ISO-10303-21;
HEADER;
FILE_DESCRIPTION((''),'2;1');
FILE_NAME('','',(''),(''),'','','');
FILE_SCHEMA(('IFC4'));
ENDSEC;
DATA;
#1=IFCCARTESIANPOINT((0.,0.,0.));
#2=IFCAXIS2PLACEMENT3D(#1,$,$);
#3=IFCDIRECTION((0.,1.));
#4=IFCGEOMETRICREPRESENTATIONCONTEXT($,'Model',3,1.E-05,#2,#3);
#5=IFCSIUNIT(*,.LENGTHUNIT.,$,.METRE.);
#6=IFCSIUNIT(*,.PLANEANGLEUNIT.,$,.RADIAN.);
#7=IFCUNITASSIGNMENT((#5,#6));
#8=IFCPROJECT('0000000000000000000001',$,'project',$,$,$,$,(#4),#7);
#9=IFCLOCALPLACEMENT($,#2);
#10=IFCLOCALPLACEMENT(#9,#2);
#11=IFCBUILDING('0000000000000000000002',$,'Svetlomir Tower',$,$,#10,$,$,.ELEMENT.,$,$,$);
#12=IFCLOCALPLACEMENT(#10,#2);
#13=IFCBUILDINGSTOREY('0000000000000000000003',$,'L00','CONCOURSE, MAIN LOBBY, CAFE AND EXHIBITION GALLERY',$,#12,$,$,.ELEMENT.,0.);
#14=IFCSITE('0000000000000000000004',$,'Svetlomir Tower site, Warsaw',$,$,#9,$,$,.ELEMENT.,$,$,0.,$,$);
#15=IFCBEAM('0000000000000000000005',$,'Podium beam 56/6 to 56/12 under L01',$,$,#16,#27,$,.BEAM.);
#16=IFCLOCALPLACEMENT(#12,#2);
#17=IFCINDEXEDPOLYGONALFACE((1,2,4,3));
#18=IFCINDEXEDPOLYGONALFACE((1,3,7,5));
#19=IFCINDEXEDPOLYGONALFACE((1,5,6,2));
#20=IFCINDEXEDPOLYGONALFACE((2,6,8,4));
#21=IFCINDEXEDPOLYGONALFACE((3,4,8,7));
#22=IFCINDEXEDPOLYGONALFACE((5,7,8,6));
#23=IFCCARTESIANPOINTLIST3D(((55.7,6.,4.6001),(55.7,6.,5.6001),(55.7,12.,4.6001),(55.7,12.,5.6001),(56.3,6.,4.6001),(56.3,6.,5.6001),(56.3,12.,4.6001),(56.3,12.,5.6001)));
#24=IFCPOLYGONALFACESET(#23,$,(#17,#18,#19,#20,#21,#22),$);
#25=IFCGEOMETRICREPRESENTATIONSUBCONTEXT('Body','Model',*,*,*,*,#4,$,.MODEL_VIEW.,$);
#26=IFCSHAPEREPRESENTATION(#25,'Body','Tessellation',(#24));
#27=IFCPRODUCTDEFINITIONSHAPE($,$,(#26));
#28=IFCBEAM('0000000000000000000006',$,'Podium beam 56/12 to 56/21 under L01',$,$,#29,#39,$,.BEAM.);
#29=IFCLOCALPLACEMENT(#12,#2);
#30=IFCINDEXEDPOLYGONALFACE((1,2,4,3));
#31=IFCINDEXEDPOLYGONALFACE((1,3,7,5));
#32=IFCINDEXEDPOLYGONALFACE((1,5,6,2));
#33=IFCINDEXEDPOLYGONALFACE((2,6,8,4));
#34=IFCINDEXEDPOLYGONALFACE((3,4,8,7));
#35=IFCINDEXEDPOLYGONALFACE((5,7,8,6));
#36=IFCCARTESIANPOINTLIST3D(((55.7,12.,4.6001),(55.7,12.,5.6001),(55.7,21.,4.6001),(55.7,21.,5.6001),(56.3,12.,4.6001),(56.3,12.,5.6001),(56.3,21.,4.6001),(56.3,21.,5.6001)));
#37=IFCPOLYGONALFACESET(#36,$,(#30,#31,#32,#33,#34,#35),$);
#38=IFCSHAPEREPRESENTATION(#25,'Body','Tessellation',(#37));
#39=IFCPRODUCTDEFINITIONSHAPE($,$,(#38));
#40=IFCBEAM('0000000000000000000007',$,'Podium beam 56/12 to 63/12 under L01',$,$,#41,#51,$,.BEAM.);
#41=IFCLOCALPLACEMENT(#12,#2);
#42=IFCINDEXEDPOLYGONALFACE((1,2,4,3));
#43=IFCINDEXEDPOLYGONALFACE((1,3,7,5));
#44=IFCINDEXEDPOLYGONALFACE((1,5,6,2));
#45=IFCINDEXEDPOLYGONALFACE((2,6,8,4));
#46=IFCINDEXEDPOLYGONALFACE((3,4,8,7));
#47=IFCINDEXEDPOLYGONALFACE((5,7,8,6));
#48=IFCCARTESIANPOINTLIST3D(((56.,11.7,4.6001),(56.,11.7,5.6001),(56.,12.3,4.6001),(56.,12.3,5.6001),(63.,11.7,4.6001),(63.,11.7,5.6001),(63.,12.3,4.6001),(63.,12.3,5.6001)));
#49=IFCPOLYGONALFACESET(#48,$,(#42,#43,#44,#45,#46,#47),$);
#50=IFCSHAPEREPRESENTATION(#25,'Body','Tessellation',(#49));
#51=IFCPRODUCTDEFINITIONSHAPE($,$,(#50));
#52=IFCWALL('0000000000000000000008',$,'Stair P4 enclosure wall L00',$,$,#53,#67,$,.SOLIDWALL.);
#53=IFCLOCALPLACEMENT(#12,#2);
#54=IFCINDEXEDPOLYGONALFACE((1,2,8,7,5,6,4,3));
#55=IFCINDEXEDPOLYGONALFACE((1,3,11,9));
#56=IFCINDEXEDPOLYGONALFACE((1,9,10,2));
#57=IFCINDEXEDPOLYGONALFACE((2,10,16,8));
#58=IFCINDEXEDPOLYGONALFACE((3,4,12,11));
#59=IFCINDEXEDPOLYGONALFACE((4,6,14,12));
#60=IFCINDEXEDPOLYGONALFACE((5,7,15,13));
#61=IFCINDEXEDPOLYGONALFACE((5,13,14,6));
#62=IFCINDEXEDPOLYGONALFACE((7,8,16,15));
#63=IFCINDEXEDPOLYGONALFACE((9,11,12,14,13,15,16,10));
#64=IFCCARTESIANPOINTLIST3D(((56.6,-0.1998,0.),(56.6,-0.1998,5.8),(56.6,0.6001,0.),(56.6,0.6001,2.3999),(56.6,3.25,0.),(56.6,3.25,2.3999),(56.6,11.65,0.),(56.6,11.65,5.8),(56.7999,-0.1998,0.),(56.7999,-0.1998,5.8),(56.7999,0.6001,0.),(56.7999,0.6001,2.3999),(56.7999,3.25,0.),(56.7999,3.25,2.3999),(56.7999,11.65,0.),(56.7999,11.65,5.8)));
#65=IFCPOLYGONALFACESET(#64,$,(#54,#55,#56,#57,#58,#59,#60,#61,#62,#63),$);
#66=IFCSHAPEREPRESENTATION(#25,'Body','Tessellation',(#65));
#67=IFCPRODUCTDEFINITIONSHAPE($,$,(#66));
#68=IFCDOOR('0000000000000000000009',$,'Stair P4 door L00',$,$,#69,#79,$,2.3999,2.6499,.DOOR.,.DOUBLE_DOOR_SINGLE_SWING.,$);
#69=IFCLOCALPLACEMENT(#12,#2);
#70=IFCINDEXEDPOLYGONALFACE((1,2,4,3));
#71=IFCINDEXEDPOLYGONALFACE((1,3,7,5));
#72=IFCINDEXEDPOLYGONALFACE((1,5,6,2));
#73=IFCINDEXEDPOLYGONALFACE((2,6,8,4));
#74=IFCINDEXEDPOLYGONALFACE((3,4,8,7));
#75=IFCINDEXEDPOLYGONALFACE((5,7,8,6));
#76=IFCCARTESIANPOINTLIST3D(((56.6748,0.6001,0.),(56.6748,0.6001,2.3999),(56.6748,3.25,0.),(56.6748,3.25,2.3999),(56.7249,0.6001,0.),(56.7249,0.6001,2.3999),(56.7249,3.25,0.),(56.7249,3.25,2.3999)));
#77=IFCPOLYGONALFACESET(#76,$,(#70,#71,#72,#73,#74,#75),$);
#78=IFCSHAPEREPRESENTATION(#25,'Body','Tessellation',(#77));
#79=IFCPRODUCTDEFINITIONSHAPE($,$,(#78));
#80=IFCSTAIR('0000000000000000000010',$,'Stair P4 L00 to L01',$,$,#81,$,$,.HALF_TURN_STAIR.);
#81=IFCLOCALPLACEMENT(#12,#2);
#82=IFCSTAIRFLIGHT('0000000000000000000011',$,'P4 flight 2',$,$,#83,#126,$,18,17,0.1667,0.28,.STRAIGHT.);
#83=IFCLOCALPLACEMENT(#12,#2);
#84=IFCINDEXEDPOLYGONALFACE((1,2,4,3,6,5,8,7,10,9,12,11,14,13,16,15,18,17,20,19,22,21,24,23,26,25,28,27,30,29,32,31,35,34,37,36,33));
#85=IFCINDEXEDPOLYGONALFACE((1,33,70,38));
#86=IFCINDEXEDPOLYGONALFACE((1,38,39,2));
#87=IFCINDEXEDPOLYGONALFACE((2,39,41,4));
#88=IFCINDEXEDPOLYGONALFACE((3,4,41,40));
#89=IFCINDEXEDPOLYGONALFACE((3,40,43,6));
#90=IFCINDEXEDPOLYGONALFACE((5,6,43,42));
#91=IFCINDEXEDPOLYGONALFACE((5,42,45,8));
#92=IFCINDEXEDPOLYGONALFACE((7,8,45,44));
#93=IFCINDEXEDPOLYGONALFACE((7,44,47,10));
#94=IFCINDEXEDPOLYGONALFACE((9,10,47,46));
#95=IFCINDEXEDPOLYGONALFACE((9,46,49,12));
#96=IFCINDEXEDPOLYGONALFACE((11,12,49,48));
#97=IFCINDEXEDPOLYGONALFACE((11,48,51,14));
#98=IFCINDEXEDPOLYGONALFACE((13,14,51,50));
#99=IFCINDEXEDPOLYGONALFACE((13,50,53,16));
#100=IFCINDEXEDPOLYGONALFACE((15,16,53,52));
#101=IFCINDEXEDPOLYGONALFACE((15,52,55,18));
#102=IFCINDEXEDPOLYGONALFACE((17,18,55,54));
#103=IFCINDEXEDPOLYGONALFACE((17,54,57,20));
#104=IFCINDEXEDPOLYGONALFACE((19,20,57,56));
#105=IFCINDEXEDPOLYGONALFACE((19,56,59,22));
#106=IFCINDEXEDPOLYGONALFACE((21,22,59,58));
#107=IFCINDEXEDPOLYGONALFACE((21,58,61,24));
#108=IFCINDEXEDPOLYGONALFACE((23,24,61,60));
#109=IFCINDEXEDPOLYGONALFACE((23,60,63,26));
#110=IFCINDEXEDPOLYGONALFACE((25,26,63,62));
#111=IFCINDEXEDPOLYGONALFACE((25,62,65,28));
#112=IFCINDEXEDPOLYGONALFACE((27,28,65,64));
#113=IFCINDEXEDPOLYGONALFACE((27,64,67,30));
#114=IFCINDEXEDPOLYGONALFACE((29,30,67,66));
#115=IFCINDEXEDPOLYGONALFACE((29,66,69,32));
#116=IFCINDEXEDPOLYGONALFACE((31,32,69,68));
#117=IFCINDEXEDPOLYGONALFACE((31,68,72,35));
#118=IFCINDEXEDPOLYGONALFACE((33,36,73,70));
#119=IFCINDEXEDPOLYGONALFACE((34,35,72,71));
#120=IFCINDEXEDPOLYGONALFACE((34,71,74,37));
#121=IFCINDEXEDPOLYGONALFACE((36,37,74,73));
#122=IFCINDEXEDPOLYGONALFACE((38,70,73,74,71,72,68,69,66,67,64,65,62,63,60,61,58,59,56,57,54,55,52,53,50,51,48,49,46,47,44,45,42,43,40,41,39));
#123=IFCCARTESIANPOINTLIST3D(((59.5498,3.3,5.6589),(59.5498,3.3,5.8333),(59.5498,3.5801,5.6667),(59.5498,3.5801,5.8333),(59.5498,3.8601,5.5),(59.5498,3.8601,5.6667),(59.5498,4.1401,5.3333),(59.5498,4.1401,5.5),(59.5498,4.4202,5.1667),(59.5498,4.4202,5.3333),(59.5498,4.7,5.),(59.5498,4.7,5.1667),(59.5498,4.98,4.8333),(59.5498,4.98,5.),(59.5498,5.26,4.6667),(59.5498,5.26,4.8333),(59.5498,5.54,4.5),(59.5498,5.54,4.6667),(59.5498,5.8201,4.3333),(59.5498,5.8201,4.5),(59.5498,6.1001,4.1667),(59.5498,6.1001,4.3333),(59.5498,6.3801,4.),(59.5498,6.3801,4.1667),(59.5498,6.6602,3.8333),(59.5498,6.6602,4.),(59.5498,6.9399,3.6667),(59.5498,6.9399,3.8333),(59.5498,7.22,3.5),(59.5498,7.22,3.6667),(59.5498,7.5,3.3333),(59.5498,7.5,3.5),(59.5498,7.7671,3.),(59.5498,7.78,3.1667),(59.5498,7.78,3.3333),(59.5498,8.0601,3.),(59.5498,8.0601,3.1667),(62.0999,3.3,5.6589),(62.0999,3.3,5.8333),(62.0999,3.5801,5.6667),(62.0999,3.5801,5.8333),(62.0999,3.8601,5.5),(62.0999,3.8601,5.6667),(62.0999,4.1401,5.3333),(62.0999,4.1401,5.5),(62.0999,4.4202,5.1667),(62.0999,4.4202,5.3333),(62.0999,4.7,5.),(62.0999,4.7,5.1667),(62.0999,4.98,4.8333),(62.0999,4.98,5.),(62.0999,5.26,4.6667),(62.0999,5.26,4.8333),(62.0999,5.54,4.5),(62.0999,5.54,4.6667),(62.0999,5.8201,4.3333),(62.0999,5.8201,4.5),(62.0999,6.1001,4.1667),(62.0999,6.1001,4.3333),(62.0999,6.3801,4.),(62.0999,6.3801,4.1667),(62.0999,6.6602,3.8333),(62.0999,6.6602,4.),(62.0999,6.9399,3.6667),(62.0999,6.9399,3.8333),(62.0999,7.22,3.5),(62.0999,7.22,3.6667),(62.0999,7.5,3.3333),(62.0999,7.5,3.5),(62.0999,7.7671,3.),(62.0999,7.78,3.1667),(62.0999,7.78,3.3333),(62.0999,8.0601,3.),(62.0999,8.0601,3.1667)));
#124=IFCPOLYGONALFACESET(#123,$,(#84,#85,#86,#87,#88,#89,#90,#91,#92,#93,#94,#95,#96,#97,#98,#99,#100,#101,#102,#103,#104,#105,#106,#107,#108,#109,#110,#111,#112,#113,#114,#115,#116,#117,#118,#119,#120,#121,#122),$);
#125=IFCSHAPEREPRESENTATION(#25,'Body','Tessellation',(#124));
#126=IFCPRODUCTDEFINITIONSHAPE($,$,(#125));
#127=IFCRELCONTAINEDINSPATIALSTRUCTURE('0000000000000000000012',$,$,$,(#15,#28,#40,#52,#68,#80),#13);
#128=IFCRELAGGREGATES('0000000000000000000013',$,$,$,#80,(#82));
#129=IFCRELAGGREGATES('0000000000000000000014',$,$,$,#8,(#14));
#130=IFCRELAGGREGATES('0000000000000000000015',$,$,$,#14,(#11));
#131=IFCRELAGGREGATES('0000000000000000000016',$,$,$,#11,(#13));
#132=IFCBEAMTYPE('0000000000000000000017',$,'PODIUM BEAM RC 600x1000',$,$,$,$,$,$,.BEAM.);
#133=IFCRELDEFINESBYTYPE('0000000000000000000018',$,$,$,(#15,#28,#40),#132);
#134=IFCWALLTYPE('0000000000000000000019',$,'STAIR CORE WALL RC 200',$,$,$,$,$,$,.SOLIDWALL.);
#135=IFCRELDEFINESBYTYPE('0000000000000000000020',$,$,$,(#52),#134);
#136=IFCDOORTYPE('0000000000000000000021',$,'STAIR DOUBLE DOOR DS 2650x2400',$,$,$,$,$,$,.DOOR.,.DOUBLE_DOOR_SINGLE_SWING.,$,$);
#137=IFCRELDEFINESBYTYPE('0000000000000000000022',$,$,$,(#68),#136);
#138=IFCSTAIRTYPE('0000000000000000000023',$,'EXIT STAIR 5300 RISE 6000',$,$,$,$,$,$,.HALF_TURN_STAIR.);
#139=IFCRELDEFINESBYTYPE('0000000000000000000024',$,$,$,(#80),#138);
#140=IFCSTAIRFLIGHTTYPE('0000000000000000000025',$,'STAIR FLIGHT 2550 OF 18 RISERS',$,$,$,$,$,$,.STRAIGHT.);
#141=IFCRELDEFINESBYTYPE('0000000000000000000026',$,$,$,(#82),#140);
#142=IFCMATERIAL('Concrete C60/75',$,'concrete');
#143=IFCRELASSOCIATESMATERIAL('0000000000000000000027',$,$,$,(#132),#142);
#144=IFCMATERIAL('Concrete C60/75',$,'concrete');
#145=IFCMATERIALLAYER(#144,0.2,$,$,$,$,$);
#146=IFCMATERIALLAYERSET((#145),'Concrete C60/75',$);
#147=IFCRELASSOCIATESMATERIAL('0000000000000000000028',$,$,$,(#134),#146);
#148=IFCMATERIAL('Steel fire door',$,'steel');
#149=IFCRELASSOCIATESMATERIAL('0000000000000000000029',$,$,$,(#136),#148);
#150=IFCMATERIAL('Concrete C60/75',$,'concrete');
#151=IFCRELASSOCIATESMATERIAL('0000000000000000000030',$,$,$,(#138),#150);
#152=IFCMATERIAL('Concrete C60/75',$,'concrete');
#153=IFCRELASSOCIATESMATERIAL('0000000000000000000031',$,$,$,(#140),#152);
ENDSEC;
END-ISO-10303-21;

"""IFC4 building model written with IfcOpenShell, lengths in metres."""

from ifc_helpers import new_model, si_unit, direction, frame, frame_2d, origin, origin_2d, place, context, subcontext, project, spatial, polyline, rectangle, outline, extrude, material, layer, layer_set, material_profile, profile_set, type_object, element, fill, aggregate, save


model = new_model("IFC4")

# Units and contexts
model_context = context("Model", 3, precision=1e-05, world=origin(), true_north=direction((0.0, 1.0)))
body_context = subcontext(model_context, "Body", "Model", "MODEL_VIEW")
ifc_project = project(units=[si_unit("LENGTHUNIT", "METRE"), si_unit("PLANEANGLEUNIT", "RADIAN")], contexts=[model_context])

# Site, building, storey
site_placement = place(None, origin())
site = spatial("IfcSite", under=ifc_project, at=site_placement, Name="Svetlomir Tower site, Warsaw", CompositionType="ELEMENT", RefElevation=0.0)
building_placement = place(site_placement, origin())
building = spatial("IfcBuilding", under=site, at=building_placement, Name="Svetlomir Tower", CompositionType="ELEMENT")
storey_placement = place(building_placement, origin())
storey = spatial("IfcBuildingStorey", under=building, at=storey_placement, Name="L00", Description="CONCOURSE, MAIN LOBBY, CAFE AND EXHIBITION GALLERY", CompositionType="ELEMENT", Elevation=0.0)

# Beams
ifc_material_1 = material(Name="Concrete C60/75", Category="concrete")
ifc_material_profile_1 = material_profile(ifc_material_1, rectangle(XDim=0.6001, YDim=1.0, at=origin_2d()), Name="RC 600x1000")
ifc_profile_set_1 = profile_set([ifc_material_profile_1], Name="Concrete C60/75")
beam_type = type_object("IfcBeamType", Name="PODIUM BEAM RC 600x1000", PredefinedType="BEAM", material=ifc_profile_set_1)
beam_1_placement = place(storey_placement, frame((56.0, 6.0, 5.1001), z_axis=(0.0, 1.0, 0.0), x_axis=(-1.0, 0.0, 0.0)))
element("IfcBeam", 1, at=beam_1_placement, inside=storey, type_object=beam_type, Name="Podium beam 56/6 to 56/12 under L01", PredefinedType="BEAM", context=body_context, shape_type="SweptSolid", body=[
    extrude(rectangle(XDim=0.6001, YDim=1.0, at=origin_2d()), origin(), (0.0, 0.0, 1.0), 6.0),
])
beam_2_placement = place(storey_placement, frame((56.0, 12.0, 5.1001), z_axis=(0.0, 1.0, 0.0), x_axis=(-1.0, 0.0, 0.0)))
element("IfcBeam", 2, at=beam_2_placement, inside=storey, type_object=beam_type, Name="Podium beam 56/12 to 56/21 under L01", PredefinedType="BEAM", context=body_context, shape_type="SweptSolid", body=[
    extrude(rectangle(XDim=0.6001, YDim=1.0, at=origin_2d()), origin(), (0.0, 0.0, 1.0), 9.0),
])
beam_3_placement = place(storey_placement, frame((56.0, 12.0, 5.1001), z_axis=(1.0, 0.0, 0.0), x_axis=(0.0, 1.0, 0.0)))
element("IfcBeam", 3, at=beam_3_placement, inside=storey, type_object=beam_type, Name="Podium beam 56/12 to 63/12 under L01", PredefinedType="BEAM", context=body_context, shape_type="SweptSolid", body=[
    extrude(rectangle(XDim=0.6001, YDim=1.0, at=origin_2d()), origin(), (0.0, 0.0, 1.0), 7.0),
])

# Wall, opening, door
ifc_material_2 = material(Name="Concrete C60/75", Category="concrete")
ifc_layer = layer(ifc_material_2, 0.2)
ifc_layer_set = layer_set([ifc_layer], Name="Concrete C60/75")
wall_type = type_object("IfcWallType", Name="STAIR CORE WALL RC 200", PredefinedType="SOLIDWALL", material=ifc_layer_set)
wall_placement = place(storey_placement, frame((56.7, 11.6499, 0.0), z_axis=(0.0, 0.0, 1.0), x_axis=(0.0, -1.0, 0.0)))
wall = element("IfcWall", 4, at=wall_placement, inside=storey, type_object=wall_type, Name="Stair P4 enclosure wall L00", PredefinedType="SOLIDWALL", context=body_context, shape_type="SweptSolid", body=[
    extrude(rectangle(XDim=11.8499, YDim=0.2, at=frame_2d((5.9248, 0.0))), origin(), (0.0, 0.0, 1.0), 5.8),
])
opening_placement = place(wall_placement, frame((8.3999, 0.0, 0.0)))
opening = element("IfcOpeningElement", 5, at=opening_placement, cuts=wall, PredefinedType="OPENING", context=body_context, shape_type="SweptSolid", body=[
    extrude(rectangle(XDim=2.6499, YDim=2.3999, at=frame_2d((1.325, 1.2))), frame((0.0, 0.1099, 0.0), z_axis=(0.0, -1.0, 0.0), x_axis=(1.0, 0.0, 0.0)), (0.0, 0.0, 1.0), 0.22),
])
ifc_material_3 = material(Name="Steel fire door", Category="steel")
door_type = type_object("IfcDoorType", Name="STAIR DOUBLE DOOR DS 2650x2400", OperationType="DOUBLE_DOOR_SINGLE_SWING", PredefinedType="DOOR", material=ifc_material_3)
door_placement = place(opening_placement, origin())
door = element("IfcDoor", 6, at=door_placement, inside=storey, type_object=door_type, Name="Stair P4 door L00", OperationType="DOUBLE_DOOR_SINGLE_SWING", OverallHeight=2.3999, OverallWidth=2.6499, PredefinedType="DOOR", context=body_context, shape_type="SweptSolid", body=[
    extrude(rectangle(XDim=2.6499, YDim=2.3999, at=frame_2d((1.325, 1.2))), frame((0.0, 0.0249, 0.0), z_axis=(0.0, -1.0, 0.0), x_axis=(1.0, 0.0, 0.0)), (0.0, 0.0, 1.0), 0.05),
])
fill(opening, door)

# Stair, stair flight
ifc_material_4 = material(Name="Concrete C60/75", Category="concrete")
stair_type = type_object("IfcStairType", Name="EXIT STAIR 5300 RISE 6000", PredefinedType="HALF_TURN_STAIR", material=ifc_material_4)
stair_placement = place(storey_placement, origin())
stair = element("IfcStair", 7, at=stair_placement, inside=storey, type_object=stair_type, Name="Stair P4 L00 to L01", PredefinedType="HALF_TURN_STAIR")
ifc_material_5 = material(Name="Concrete C60/75", Category="concrete")
stair_flight_type = type_object("IfcStairFlightType", Name="STAIR FLIGHT 2550 OF 18 RISERS", PredefinedType="STRAIGHT", material=ifc_material_5)
stair_flight_placement = place(storey_placement, frame((60.825, 8.0601, 3.0), z_axis=(0.0, 0.0, 1.0), x_axis=(0.0, -1.0, 0.0)))
stair_flight = element("IfcStairFlight", 8, at=stair_flight_placement, type_object=stair_flight_type, Name="P4 flight 2", NumberOfRisers=18, NumberOfTreads=17, PredefinedType="STRAIGHT", RiserHeight=0.1667, TreadLength=0.28, context=body_context, shape_type="SweptSolid", body=[
    extrude(outline(polyline([(0.0, 0.0), (0.0, 0.1667), (0.28, 0.1667), (0.28, 0.3333), (0.5601, 0.3333), (0.5601, 0.5), (0.8401, 0.5), (0.8401, 0.6667), (1.1201, 0.6667), (1.1201, 0.8333), (1.3999, 0.8333), (1.3999, 1.0), (1.6799, 1.0), (1.6799, 1.1667), (1.96, 1.1667), (1.96, 1.3333), (2.24, 1.3333), (2.24, 1.5), (2.52, 1.5), (2.52, 1.6667), (2.8, 1.6667), (2.8, 1.8333), (3.0801, 1.8333), (3.0801, 2.0), (3.3601, 2.0), (3.3601, 2.1667), (3.6399, 2.1667), (3.6399, 2.3333), (3.9199, 2.3333), (3.9199, 2.5), (4.2, 2.5), (4.2, 2.6667), (4.48, 2.6667), (4.48, 2.8333), (4.76, 2.8333), (4.76, 3.0), (4.76, 2.6589), (0.293, 0.0), (0.0, 0.0)])), frame((0.0, 1.2749, 0.0), z_axis=(0.0, -1.0, 0.0), x_axis=(1.0, 0.0, 0.0)), (0.0, 0.0, 1.0), 2.55),
])
aggregate(stair, [stair_flight])

save(model, "model.ifc")
